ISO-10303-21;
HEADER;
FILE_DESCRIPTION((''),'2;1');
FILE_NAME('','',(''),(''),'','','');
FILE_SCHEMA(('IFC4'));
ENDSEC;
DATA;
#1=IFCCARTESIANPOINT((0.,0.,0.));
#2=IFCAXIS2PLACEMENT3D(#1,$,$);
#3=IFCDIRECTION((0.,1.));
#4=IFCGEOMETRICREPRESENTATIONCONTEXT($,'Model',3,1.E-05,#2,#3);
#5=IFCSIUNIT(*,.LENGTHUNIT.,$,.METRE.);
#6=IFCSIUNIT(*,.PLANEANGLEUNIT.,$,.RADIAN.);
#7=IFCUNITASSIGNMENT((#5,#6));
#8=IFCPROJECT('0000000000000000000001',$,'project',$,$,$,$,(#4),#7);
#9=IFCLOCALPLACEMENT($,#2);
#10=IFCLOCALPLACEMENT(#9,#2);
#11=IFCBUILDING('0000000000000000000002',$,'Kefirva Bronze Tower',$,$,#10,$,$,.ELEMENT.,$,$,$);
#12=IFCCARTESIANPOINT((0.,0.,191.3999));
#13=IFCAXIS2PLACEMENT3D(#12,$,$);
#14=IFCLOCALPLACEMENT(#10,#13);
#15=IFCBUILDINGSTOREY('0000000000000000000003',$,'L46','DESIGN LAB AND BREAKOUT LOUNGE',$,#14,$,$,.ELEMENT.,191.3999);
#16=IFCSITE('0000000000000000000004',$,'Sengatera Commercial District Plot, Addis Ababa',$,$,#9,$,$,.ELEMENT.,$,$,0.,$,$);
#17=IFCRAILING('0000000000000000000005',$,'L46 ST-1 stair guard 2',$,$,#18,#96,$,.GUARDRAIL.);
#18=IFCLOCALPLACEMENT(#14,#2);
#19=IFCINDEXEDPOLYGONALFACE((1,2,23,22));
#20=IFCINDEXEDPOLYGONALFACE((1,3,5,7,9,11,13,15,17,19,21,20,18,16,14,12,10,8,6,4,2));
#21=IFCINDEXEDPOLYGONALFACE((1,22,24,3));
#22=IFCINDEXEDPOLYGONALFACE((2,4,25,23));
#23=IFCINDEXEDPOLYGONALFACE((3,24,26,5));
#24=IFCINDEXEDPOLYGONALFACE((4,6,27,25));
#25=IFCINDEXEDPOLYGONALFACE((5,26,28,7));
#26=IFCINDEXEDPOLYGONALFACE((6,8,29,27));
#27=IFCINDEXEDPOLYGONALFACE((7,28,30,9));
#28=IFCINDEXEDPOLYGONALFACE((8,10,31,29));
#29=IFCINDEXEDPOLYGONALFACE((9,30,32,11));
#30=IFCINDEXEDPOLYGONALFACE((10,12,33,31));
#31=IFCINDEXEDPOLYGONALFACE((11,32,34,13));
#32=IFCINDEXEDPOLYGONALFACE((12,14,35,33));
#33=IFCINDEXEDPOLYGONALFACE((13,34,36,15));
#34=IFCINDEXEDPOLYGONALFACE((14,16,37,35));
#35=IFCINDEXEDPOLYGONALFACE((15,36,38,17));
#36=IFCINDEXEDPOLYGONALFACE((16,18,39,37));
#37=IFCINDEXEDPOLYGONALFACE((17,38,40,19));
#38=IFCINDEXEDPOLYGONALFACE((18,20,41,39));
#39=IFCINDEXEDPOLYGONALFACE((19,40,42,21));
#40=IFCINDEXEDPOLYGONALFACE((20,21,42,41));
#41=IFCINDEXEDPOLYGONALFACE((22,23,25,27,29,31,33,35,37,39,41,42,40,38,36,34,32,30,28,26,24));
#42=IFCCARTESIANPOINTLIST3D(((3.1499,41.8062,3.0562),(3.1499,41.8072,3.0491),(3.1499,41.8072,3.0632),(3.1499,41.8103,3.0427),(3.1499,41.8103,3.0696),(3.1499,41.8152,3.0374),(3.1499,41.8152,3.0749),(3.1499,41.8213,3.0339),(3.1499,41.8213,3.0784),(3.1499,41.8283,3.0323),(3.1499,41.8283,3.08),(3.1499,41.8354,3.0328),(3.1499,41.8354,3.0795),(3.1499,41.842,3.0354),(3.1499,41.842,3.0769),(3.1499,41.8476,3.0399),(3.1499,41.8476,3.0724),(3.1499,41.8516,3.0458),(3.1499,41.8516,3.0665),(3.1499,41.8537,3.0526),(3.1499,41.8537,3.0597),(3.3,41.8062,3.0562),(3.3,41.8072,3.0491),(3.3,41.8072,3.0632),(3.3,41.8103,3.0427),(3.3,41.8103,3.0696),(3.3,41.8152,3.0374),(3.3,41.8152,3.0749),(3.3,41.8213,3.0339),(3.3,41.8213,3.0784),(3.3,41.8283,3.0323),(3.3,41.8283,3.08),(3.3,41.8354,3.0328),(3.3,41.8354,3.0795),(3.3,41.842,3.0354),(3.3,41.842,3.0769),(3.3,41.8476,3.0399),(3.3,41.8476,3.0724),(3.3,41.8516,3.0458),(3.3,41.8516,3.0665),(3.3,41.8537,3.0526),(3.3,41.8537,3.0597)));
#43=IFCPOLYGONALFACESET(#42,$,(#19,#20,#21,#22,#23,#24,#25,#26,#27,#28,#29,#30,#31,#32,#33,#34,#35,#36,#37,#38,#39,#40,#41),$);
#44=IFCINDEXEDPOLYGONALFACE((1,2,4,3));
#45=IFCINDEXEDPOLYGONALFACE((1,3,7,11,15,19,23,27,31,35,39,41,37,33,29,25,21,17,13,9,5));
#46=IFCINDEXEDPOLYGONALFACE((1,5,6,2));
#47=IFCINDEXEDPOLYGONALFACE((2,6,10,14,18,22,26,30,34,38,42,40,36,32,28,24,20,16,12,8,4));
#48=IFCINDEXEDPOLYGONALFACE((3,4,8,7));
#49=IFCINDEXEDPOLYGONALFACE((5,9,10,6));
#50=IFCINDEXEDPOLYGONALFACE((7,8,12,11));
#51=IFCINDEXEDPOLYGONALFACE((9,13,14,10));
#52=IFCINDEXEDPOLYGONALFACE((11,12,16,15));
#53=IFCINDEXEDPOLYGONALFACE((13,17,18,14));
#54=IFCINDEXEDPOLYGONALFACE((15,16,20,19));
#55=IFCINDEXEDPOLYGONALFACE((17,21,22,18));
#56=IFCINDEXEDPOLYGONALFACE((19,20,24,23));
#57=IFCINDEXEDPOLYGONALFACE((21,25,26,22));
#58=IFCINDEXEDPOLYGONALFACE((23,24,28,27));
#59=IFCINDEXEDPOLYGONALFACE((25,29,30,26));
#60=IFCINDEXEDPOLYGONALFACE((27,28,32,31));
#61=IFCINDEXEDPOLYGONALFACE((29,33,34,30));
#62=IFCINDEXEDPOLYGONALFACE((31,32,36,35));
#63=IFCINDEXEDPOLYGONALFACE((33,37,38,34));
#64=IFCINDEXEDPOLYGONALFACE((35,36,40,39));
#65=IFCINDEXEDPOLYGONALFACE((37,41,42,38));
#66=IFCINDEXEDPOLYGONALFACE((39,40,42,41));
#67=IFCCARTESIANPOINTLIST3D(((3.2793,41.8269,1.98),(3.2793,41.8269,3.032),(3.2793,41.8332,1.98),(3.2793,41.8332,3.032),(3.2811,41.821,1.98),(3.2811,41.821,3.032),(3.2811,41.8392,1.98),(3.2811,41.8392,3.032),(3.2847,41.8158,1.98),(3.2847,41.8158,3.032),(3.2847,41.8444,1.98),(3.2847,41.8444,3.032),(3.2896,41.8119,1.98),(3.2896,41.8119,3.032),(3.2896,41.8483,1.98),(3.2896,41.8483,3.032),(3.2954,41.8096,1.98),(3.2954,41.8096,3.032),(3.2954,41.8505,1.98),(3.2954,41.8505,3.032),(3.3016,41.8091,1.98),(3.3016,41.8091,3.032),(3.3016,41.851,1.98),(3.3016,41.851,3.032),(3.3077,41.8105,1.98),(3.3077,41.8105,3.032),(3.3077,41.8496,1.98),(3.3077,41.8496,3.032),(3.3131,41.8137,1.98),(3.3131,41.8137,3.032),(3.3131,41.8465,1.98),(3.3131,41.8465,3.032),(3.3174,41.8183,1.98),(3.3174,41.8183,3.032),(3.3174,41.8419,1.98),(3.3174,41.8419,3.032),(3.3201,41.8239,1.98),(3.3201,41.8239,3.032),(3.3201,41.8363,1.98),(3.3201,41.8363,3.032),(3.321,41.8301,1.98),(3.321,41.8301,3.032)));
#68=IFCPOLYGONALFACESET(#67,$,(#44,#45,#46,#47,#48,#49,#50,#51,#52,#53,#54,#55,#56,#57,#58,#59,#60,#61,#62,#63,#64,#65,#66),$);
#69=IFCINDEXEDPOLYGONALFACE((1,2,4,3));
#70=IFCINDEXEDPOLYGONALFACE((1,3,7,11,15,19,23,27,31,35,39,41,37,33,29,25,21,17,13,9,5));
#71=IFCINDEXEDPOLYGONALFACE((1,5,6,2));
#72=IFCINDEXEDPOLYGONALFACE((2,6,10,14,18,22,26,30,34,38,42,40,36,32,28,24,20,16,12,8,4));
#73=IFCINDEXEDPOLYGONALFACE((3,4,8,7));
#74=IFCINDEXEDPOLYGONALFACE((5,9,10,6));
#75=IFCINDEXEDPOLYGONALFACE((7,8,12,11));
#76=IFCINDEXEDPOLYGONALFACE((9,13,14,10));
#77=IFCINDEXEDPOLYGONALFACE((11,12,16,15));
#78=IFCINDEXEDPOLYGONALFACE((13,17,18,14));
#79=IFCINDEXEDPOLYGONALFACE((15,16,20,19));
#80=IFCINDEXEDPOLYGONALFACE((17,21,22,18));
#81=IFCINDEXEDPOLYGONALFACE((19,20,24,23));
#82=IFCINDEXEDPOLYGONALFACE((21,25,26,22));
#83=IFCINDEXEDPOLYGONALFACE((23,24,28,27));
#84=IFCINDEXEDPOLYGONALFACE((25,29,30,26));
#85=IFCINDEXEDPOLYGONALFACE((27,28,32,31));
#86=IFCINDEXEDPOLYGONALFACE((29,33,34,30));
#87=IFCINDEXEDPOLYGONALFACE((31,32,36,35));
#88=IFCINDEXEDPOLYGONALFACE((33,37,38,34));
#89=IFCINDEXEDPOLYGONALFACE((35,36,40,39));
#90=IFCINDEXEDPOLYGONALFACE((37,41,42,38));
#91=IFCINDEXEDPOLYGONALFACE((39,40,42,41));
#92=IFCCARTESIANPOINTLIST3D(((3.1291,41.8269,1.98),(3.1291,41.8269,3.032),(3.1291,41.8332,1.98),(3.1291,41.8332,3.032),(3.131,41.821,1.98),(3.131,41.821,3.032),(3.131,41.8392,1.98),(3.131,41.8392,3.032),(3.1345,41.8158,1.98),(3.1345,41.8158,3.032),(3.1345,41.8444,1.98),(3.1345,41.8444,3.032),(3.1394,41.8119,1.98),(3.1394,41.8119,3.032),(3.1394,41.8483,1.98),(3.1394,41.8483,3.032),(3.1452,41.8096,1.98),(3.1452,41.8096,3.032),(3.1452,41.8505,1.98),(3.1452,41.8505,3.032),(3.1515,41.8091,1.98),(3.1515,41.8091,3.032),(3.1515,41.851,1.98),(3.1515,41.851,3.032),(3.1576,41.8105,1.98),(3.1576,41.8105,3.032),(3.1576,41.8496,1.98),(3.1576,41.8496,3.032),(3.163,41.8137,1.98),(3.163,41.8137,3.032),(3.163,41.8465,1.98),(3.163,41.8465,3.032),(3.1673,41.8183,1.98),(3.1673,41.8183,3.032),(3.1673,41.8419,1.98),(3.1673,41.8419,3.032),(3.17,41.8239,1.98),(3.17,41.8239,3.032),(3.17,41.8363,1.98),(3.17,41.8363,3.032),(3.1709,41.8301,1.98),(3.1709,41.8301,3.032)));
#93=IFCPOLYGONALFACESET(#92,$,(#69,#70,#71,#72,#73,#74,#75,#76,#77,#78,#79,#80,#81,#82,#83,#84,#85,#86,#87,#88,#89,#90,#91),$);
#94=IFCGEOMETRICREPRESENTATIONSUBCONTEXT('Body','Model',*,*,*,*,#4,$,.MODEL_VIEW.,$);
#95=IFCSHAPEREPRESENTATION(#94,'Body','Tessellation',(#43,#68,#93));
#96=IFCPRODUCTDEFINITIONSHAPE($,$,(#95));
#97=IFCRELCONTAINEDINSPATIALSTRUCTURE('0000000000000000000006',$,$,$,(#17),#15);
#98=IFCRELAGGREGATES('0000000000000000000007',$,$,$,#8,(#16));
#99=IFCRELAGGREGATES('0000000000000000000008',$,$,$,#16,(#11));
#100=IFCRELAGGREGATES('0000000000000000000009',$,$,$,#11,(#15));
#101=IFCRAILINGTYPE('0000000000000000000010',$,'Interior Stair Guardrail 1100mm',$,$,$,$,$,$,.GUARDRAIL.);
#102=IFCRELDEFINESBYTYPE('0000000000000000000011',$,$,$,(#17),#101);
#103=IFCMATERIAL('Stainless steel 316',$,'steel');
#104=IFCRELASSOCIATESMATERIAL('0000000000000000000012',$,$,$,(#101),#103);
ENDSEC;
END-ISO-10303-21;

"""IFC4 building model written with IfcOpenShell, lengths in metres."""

from ifc_helpers import new_model, si_unit, direction, frame, origin, origin_2d, place, context, subcontext, project, spatial, circle, extrude, material, type_object, element, save


model = new_model("IFC4")

# Units and contexts
model_context = context("Model", 3, precision=1e-05, world=origin(), true_north=direction((0.0, 1.0)))
body_context = subcontext(model_context, "Body", "Model", "MODEL_VIEW")
ifc_project = project(units=[si_unit("LENGTHUNIT", "METRE"), si_unit("PLANEANGLEUNIT", "RADIAN")], contexts=[model_context])

# Site, building, storey
site_placement = place(None, origin())
site = spatial("IfcSite", under=ifc_project, at=site_placement, Name="Sengatera Commercial District Plot, Addis Ababa", CompositionType="ELEMENT", RefElevation=0.0)
building_placement = place(site_placement, origin())
building = spatial("IfcBuilding", under=site, at=building_placement, Name="Kefirva Bronze Tower", CompositionType="ELEMENT")
storey_placement = place(building_placement, frame((0.0, 0.0, 191.3999)))
storey = spatial("IfcBuildingStorey", under=building, at=storey_placement, Name="L46", Description="DESIGN LAB AND BREAKOUT LOUNGE", CompositionType="ELEMENT", Elevation=191.3999)

# Railing
ifc_material_1 = material(Name="Stainless steel 316", Category="steel")
railing_type_1 = type_object("IfcRailingType", Name="Interior Stair Guardrail 1100mm", PredefinedType="GUARDRAIL", material=ifc_material_1)
railing_1_placement = place(storey_placement, frame((3.3, 41.8301, 1.98)))
element("IfcRailing", 1, at=railing_1_placement, inside=storey, type_object=railing_type_1, Name="L46 ST-1 stair guard 2", PredefinedType="GUARDRAIL", context=body_context, shape_type="SweptSolid", body=[
    extrude(circle(Radius=0.0239, at=origin_2d()), frame((0.0, 0.0, 1.0762), z_axis=(-1.0, 0.0, 0.0), x_axis=(0.0, -1.0, 0.0)), (0.0, 0.0, 1.0), 0.1501),
    extrude(circle(Radius=0.021, at=origin_2d()), origin(), (0.0, 0.0, 1.0), 1.052),
    extrude(circle(Radius=0.021, at=origin_2d()), frame((-0.1501, 0.0, 0.0)), (0.0, 0.0, 1.0), 1.052),
])

save(model, "model.ifc")
